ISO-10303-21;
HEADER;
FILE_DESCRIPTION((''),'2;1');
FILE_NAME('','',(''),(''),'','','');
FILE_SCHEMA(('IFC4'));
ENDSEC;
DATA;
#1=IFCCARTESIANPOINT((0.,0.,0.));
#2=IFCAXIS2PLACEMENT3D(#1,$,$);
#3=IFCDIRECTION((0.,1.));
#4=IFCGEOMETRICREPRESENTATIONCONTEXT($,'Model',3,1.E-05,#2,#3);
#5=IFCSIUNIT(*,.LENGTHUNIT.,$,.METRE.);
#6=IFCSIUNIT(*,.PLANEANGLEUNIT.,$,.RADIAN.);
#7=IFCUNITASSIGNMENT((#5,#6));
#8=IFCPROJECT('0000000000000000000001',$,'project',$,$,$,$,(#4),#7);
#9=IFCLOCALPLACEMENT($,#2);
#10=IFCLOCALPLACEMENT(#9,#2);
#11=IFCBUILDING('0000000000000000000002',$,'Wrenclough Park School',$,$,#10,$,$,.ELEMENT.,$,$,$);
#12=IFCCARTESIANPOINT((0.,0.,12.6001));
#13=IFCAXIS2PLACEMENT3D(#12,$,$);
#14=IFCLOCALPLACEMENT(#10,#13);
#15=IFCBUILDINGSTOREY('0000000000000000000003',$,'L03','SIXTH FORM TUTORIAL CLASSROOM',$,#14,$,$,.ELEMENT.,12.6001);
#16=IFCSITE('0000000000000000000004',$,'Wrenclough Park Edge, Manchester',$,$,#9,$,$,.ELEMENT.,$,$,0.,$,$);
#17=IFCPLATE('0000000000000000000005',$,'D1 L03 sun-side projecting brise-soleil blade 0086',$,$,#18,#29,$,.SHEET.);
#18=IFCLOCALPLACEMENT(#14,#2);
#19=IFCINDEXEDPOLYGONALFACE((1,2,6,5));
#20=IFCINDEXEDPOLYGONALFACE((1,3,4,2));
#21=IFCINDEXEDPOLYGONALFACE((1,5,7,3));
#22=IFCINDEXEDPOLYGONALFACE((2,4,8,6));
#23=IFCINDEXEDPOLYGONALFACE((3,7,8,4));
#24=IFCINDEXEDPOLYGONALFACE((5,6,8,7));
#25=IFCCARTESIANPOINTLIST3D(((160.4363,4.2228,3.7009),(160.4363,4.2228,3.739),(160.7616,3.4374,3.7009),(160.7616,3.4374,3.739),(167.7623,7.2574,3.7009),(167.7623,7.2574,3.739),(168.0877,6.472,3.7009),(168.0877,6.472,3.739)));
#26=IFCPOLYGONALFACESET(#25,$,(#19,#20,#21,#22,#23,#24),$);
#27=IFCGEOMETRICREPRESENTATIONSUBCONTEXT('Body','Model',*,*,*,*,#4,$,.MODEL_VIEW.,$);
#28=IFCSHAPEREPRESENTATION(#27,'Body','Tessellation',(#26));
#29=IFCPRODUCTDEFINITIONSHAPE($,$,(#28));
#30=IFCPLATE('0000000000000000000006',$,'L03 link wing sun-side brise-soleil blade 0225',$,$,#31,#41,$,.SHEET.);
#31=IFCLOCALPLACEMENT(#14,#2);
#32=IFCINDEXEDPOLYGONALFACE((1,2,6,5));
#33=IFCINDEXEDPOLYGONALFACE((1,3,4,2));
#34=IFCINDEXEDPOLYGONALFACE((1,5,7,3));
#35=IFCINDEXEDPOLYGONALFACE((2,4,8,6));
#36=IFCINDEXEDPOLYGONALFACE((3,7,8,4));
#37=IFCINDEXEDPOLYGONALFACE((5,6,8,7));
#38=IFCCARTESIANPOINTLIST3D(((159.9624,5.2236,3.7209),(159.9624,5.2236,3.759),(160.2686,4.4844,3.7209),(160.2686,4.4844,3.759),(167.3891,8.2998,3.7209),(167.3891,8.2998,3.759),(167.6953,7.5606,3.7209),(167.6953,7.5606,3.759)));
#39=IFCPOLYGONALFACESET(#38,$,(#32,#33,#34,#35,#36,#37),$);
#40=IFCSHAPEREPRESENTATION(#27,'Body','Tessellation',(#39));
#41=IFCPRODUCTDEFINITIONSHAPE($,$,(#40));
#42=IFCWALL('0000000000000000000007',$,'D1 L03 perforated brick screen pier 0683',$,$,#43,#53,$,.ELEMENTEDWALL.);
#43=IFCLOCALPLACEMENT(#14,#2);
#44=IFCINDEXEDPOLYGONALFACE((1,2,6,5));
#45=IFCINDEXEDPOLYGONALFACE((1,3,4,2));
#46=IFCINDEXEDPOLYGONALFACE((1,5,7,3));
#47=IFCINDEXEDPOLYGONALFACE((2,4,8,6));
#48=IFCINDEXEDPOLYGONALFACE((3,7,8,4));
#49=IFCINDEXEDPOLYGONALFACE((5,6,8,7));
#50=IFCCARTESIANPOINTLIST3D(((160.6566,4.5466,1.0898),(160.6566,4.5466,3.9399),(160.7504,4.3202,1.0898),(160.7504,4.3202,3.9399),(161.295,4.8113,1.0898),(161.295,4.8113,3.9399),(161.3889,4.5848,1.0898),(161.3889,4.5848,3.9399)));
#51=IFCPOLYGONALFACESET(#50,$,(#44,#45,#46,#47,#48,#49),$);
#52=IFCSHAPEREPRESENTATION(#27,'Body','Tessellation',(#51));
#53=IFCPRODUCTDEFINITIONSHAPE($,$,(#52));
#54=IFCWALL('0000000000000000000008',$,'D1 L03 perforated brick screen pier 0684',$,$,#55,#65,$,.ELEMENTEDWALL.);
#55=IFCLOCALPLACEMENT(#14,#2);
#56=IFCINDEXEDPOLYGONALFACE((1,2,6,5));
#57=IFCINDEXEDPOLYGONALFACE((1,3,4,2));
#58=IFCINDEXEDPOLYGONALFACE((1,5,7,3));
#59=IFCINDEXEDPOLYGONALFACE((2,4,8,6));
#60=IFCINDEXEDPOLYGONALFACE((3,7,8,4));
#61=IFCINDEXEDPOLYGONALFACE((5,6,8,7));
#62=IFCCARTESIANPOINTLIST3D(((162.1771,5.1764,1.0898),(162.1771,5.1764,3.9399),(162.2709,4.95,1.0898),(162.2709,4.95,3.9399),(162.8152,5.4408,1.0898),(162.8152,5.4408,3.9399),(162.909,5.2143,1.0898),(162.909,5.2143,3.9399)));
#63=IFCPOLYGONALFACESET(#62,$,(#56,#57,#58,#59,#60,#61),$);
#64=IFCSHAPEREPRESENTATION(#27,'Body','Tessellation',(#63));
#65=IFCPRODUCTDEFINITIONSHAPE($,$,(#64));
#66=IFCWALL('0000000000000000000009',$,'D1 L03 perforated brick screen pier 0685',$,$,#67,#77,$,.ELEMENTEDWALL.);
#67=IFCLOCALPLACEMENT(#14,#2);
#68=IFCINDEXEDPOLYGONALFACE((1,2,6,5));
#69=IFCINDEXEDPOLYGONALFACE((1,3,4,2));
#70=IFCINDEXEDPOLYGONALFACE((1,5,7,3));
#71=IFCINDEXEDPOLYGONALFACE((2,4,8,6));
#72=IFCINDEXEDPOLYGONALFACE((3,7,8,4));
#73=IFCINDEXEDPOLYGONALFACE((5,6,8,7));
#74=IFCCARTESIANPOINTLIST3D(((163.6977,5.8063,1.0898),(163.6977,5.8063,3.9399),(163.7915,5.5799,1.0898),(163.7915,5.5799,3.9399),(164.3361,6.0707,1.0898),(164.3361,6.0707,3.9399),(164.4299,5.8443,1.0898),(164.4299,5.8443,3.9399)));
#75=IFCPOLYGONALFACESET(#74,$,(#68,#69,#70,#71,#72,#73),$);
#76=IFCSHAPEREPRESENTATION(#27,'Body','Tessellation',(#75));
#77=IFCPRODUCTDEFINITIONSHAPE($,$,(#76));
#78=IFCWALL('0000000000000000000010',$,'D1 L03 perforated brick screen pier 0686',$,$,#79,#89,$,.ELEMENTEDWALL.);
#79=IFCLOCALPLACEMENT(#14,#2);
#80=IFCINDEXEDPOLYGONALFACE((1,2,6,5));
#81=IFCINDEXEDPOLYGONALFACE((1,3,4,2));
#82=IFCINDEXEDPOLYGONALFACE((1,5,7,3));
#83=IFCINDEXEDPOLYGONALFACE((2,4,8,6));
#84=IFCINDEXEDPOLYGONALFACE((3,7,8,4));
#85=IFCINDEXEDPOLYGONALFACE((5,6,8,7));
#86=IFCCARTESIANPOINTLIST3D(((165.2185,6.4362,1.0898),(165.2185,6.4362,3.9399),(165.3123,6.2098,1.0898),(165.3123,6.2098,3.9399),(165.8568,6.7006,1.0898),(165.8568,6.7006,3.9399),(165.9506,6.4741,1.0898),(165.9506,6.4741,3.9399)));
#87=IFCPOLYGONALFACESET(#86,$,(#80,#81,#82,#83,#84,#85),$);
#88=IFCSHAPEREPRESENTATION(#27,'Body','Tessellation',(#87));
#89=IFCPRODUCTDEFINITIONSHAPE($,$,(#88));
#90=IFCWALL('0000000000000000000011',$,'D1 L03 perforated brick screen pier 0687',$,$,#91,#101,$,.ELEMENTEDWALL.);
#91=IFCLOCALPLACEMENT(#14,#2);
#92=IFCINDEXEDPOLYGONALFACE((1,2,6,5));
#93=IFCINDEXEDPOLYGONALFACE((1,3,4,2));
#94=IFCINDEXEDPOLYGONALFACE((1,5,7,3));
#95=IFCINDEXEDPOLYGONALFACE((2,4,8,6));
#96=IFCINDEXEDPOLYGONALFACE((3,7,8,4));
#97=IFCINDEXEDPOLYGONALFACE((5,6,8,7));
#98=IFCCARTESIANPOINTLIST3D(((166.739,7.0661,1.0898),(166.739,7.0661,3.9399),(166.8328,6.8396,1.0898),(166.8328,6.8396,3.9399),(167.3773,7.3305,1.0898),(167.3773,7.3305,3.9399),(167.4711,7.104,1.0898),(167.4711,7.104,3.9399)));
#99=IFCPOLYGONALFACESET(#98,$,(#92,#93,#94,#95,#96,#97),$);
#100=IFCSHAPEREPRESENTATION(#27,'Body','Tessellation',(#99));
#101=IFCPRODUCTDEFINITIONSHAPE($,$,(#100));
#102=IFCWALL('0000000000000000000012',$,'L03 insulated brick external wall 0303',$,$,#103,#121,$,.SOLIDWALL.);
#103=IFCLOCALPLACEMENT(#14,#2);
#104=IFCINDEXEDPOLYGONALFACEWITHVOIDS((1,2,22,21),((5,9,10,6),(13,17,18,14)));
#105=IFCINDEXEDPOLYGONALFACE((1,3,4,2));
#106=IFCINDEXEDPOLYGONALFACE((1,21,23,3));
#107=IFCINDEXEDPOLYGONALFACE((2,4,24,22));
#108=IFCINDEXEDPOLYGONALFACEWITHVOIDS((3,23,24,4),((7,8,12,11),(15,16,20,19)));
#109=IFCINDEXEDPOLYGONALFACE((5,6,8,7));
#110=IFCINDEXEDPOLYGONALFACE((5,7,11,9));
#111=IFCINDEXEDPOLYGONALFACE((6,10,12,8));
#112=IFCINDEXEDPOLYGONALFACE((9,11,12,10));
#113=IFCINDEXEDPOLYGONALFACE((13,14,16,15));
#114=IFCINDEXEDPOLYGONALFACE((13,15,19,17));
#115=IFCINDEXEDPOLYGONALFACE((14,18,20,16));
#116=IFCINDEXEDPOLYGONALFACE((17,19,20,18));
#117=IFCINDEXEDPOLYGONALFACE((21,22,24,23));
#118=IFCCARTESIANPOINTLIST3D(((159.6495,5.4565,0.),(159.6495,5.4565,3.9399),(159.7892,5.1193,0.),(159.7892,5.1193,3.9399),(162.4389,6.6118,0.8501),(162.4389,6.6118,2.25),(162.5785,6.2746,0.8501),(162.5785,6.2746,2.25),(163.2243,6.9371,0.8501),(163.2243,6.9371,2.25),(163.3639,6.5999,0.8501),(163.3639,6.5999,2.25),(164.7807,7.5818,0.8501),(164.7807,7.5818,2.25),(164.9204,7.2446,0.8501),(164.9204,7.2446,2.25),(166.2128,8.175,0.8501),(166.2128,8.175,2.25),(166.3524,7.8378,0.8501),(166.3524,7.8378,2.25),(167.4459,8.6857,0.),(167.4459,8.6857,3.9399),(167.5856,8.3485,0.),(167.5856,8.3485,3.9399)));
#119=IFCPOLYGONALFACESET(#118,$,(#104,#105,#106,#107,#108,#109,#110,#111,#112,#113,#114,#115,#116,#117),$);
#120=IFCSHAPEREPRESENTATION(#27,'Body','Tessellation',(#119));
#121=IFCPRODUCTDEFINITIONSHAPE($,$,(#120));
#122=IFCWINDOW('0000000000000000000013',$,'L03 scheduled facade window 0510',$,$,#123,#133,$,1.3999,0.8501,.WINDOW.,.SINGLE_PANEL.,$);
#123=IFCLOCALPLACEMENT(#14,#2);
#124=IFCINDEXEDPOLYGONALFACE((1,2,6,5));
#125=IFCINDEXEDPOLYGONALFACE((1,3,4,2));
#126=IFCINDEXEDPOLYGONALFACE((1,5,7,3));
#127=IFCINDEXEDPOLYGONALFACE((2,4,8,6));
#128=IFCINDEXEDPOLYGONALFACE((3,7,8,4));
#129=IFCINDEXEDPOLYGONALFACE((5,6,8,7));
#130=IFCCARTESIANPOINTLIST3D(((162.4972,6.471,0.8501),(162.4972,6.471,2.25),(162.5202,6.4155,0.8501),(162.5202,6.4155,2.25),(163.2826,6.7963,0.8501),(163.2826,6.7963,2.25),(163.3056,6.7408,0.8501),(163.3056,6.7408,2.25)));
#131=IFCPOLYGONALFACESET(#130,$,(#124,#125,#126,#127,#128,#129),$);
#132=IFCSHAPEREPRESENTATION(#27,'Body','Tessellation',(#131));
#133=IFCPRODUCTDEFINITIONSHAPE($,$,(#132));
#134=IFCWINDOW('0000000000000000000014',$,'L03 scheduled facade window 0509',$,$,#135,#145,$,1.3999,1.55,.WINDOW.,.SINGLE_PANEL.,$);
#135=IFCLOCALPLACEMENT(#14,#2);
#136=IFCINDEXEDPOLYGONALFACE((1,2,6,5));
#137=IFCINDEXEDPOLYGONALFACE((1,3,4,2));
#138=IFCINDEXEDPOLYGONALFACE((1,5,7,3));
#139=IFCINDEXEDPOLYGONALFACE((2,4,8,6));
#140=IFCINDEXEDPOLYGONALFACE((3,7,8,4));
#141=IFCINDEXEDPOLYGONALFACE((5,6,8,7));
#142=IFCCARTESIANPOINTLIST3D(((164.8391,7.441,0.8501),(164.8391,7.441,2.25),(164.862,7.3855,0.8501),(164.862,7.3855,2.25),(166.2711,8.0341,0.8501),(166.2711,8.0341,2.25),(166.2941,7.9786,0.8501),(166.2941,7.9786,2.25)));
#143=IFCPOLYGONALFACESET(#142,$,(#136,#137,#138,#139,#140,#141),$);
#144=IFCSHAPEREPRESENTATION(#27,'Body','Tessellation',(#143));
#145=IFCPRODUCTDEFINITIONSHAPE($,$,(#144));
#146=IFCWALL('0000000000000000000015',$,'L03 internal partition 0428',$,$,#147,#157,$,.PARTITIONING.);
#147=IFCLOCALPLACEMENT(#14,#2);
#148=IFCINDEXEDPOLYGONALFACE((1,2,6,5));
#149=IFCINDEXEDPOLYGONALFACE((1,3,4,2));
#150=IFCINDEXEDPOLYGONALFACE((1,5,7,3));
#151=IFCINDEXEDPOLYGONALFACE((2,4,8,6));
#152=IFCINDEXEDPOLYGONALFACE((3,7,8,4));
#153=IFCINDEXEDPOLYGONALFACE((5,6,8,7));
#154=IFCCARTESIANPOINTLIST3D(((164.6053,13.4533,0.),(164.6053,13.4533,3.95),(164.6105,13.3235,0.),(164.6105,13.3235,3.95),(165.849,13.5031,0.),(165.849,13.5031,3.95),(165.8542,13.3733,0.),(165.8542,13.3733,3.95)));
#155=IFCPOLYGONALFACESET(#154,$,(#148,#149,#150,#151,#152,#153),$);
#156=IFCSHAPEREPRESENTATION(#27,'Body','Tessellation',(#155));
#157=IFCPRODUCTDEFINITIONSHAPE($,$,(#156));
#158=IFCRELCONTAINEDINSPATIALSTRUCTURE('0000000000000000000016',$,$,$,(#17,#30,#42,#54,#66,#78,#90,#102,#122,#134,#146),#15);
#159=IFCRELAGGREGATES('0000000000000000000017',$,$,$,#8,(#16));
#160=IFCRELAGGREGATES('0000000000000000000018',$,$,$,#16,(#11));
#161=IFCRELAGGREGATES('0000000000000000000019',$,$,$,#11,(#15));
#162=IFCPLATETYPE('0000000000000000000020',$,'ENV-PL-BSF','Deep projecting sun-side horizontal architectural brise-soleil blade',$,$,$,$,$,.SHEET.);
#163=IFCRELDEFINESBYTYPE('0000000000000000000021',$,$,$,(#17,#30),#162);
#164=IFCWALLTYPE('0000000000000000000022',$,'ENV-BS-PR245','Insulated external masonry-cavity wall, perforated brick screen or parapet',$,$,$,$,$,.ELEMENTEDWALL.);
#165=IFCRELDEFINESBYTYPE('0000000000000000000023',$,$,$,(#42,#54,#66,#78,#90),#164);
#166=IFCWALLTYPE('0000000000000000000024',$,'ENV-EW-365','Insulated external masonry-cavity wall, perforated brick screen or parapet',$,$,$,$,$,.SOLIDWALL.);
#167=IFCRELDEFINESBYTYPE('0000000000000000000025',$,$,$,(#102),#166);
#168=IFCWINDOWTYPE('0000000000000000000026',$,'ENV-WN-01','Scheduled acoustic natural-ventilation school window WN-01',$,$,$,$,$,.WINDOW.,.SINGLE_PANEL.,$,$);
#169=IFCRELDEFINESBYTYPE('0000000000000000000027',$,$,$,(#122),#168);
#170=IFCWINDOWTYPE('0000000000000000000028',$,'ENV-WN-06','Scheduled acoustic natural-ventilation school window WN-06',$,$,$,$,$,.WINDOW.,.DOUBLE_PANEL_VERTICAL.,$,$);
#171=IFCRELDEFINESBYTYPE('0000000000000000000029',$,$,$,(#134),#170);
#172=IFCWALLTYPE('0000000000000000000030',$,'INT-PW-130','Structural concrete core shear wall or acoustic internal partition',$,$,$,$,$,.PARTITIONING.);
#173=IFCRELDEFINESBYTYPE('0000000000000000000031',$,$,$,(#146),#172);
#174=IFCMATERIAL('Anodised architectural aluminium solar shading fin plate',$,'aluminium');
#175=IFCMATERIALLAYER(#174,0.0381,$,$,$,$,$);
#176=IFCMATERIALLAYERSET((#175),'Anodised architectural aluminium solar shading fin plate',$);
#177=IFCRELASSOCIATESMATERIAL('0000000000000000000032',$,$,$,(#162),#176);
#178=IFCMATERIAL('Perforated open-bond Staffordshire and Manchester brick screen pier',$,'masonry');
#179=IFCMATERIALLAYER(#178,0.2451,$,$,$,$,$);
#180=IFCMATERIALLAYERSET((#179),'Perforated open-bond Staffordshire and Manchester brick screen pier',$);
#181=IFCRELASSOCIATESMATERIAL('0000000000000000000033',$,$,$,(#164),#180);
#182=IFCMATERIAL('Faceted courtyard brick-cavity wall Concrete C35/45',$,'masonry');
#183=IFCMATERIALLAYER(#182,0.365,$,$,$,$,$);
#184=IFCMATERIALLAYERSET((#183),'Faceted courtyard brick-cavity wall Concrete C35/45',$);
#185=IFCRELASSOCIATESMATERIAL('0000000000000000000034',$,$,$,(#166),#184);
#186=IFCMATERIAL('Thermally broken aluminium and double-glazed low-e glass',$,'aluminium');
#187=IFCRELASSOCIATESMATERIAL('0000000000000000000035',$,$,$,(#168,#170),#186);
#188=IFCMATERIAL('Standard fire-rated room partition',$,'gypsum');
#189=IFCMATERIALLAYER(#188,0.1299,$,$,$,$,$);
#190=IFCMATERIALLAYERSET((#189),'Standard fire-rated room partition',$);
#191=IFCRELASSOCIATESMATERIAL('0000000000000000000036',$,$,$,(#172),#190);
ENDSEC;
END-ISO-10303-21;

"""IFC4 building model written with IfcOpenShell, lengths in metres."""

from ifc_helpers import new_model, si_unit, direction, frame, frame_2d, origin, origin_2d, place, context, subcontext, project, spatial, rectangle, extrude, material, layer, layer_set, type_object, element, fill, save


model = new_model("IFC4")

# Units and contexts
model_context = context("Model", 3, precision=1e-05, world=origin(), true_north=direction((0.0, 1.0)))
body_context = subcontext(model_context, "Body", "Model", "MODEL_VIEW")
ifc_project = project(units=[si_unit("LENGTHUNIT", "METRE"), si_unit("PLANEANGLEUNIT", "RADIAN")], contexts=[model_context])

# Site, building, storey
site_placement = place(None, origin())
site = spatial("IfcSite", under=ifc_project, at=site_placement, Name="Wrenclough Park Edge, Manchester", CompositionType="ELEMENT", RefElevation=0.0)
building_placement = place(site_placement, origin())
building = spatial("IfcBuilding", under=site, at=building_placement, Name="Wrenclough Park School", CompositionType="ELEMENT")
storey_placement = place(building_placement, frame((0.0, 0.0, 12.6001)))
storey = spatial("IfcBuildingStorey", under=building, at=storey_placement, Name="L03", Description="SIXTH FORM TUTORIAL CLASSROOM", CompositionType="ELEMENT", Elevation=12.6001)

# Plates
ifc_material_1 = material(Name="Anodised architectural aluminium solar shading fin plate", Category="aluminium")
ifc_layer_1 = layer(ifc_material_1, 0.0381)
ifc_layer_set_1 = layer_set([ifc_layer_1], Name="Anodised architectural aluminium solar shading fin plate")
plate_type = type_object("IfcPlateType", Name="ENV-PL-BSF", Description="Deep projecting sun-side horizontal architectural brise-soleil blade", PredefinedType="SHEET", material=ifc_layer_set_1)
plate_1_placement = place(storey_placement, frame((164.262, 5.3474, 3.7009), z_axis=(0.0, 0.0, 1.0), x_axis=(0.923879, 0.382684, 0.0)))
element("IfcPlate", 1, at=plate_1_placement, inside=storey, type_object=plate_type, Name="D1 L03 sun-side projecting brise-soleil blade 0086", PredefinedType="SHEET", context=body_context, shape_type="SweptSolid", body=[
    extrude(rectangle(XDim=7.9297, YDim=0.8501, at=origin_2d()), origin(), (0.0, 0.0, 1.0), 0.0381),
])
plate_2_placement = place(storey_placement, frame((163.8289, 6.3921, 3.7209), z_axis=(0.0, 0.0, 1.0), x_axis=(-0.923881, -0.38268, 0.0)))
element("IfcPlate", 2, at=plate_2_placement, inside=storey, type_object=plate_type, Name="L03 link wing sun-side brise-soleil blade 0225", PredefinedType="SHEET", context=body_context, shape_type="SweptSolid", body=[
    extrude(rectangle(XDim=8.0386, YDim=0.8, at=origin_2d()), origin(), (0.0, 0.0, 1.0), 0.0381),
])

# Walls
ifc_material_2 = material(Name="Perforated open-bond Staffordshire and Manchester brick screen pier", Category="masonry")
ifc_layer_2 = layer(ifc_material_2, 0.2451)
ifc_layer_set_2 = layer_set([ifc_layer_2], Name="Perforated open-bond Staffordshire and Manchester brick screen pier")
wall_type_1 = type_object("IfcWallType", Name="ENV-BS-PR245", Description="Insulated external masonry-cavity wall, perforated brick screen or parapet", PredefinedType="ELEMENTEDWALL", material=ifc_layer_set_2)
wall_1_placement = place(storey_placement, frame((160.7034, 4.4333, 1.0898), z_axis=(0.0, 0.0, 1.0), x_axis=(0.923776, 0.382934, 0.0)))
element("IfcWall", 3, at=wall_1_placement, inside=storey, type_object=wall_type_1, Name="D1 L03 perforated brick screen pier 0683", PredefinedType="ELEMENTEDWALL", context=body_context, shape_type="SweptSolid", body=[
    extrude(rectangle(XDim=0.6912, YDim=0.2451, at=frame_2d((0.3457, 0.0))), origin(), (0.0, 0.0, 1.0), 2.8501),
])
wall_2_placement = place(storey_placement, frame((162.2241, 5.0632, 1.0898), z_axis=(0.0, 0.0, 1.0), x_axis=(0.923849, 0.382758, 0.0)))
element("IfcWall", 4, at=wall_2_placement, inside=storey, type_object=wall_type_1, Name="D1 L03 perforated brick screen pier 0684", PredefinedType="ELEMENTEDWALL", context=body_context, shape_type="SweptSolid", body=[
    extrude(rectangle(XDim=0.6907, YDim=0.2451, at=frame_2d((0.3452, 0.0))), origin(), (0.0, 0.0, 1.0), 2.8501),
])
for number, where, z_axis, x_axis, name in (
    (5, (163.7446, 5.6931, 1.0898), (0.0, 0.0, 1.0), (0.923901, 0.382633, 0.0), "D1 L03 perforated brick screen pier 0685"),
    (6, (165.2654, 6.323, 1.0898), (0.0, 0.0, 1.0), (0.923901, 0.382633, 0.0), "D1 L03 perforated brick screen pier 0686"),
    (7, (166.7859, 6.9529, 1.0898), (0.0, 0.0, 1.0), (0.923901, 0.382633, 0.0), "D1 L03 perforated brick screen pier 0687"),
):
    element("IfcWall", number, at=place(storey_placement, frame(where, z_axis=z_axis, x_axis=x_axis)), inside=storey, type_object=wall_type_1, Name=name, PredefinedType="ELEMENTEDWALL", context=body_context, shape_type="SweptSolid", body=[
        extrude(rectangle(XDim=0.6909, YDim=0.2451, at=frame_2d((0.3455, 0.0))), origin(), (0.0, 0.0, 1.0), 2.8501),
    ])

# Wall, openings, windows
ifc_material_3 = material(Name="Faceted courtyard brick-cavity wall Concrete C35/45", Category="masonry")
ifc_layer_3 = layer(ifc_material_3, 0.365)
ifc_layer_set_3 = layer_set([ifc_layer_3], Name="Faceted courtyard brick-cavity wall Concrete C35/45")
wall_type_2 = type_object("IfcWallType", Name="ENV-EW-365", Description="Insulated external masonry-cavity wall, perforated brick screen or parapet", PredefinedType="SOLIDWALL", material=ifc_layer_set_3)
wall_3_placement = place(storey_placement, frame((167.5156, 8.5171, 0.0), z_axis=(0.0, 0.0, 1.0), x_axis=(-0.923885, -0.382671, 0.0)))
wall_3 = element("IfcWall", 8, at=wall_3_placement, inside=storey, type_object=wall_type_2, Name="L03 insulated brick external wall 0303", PredefinedType="SOLIDWALL", context=body_context, shape_type="SweptSolid", body=[
    extrude(rectangle(XDim=8.4387, YDim=0.365, at=frame_2d((4.2192, 0.0))), origin(), (0.0, 0.0, 1.0), 3.9399),
])
opening_1_placement = place(wall_3_placement, frame((1.3347, 0.0, 0.8501)))
opening_1 = element("IfcOpeningElement", 9, at=opening_1_placement, cuts=wall_3, PredefinedType="OPENING", context=body_context, shape_type="SweptSolid", body=[
    extrude(rectangle(XDim=1.55, YDim=1.3999, at=frame_2d((0.7749, 0.7))), frame((0.0, 0.1924, 0.0), z_axis=(0.0, -1.0, 0.0), x_axis=(1.0, 0.0, 0.0)), (0.0, 0.0, 1.0), 0.385),
])
opening_2_placement = place(wall_3_placement, frame((4.5693, 0.0, 0.8501)))
opening_2 = element("IfcOpeningElement", 10, at=opening_2_placement, cuts=wall_3, PredefinedType="OPENING", context=body_context, shape_type="SweptSolid", body=[
    extrude(rectangle(XDim=0.8501, YDim=1.3999, at=frame_2d((0.425, 0.7))), frame((0.0, 0.1924, 0.0), z_axis=(0.0, -1.0, 0.0), x_axis=(1.0, 0.0, 0.0)), (0.0, 0.0, 1.0), 0.385),
])
ifc_material_4 = material(Name="Thermally broken aluminium and double-glazed low-e glass", Category="aluminium")
window_type_1 = type_object("IfcWindowType", Name="ENV-WN-01", Description="Scheduled acoustic natural-ventilation school window WN-01", PartitioningType="SINGLE_PANEL", PredefinedType="WINDOW", material=ifc_material_4)
window_1_placement = place(opening_2_placement, origin())
window_1 = element("IfcWindow", 11, at=window_1_placement, inside=storey, type_object=window_type_1, Name="L03 scheduled facade window 0510", OverallHeight=1.3999, OverallWidth=0.8501, PartitioningType="SINGLE_PANEL", PredefinedType="WINDOW", context=body_context, shape_type="SweptSolid", body=[
    extrude(rectangle(XDim=0.8501, YDim=1.3999, at=frame_2d((0.425, 0.7))), frame((0.0, 0.03, 0.0), z_axis=(0.0, -1.0, 0.0), x_axis=(1.0, 0.0, 0.0)), (0.0, 0.0, 1.0), 0.0601),
])
fill(opening_2, window_1)
window_type_2 = type_object("IfcWindowType", Name="ENV-WN-06", Description="Scheduled acoustic natural-ventilation school window WN-06", PartitioningType="DOUBLE_PANEL_VERTICAL", PredefinedType="WINDOW", material=ifc_material_4)
window_2_placement = place(opening_1_placement, origin())
window_2 = element("IfcWindow", 12, at=window_2_placement, inside=storey, type_object=window_type_2, Name="L03 scheduled facade window 0509", OverallHeight=1.3999, OverallWidth=1.55, PartitioningType="SINGLE_PANEL", PredefinedType="WINDOW", context=body_context, shape_type="SweptSolid", body=[
    extrude(rectangle(XDim=1.55, YDim=1.3999, at=frame_2d((0.7749, 0.7))), frame((0.0, 0.03, 0.0), z_axis=(0.0, -1.0, 0.0), x_axis=(1.0, 0.0, 0.0)), (0.0, 0.0, 1.0), 0.0601),
])
fill(opening_1, window_2)

# Wall
ifc_material_5 = material(Name="Standard fire-rated room partition", Category="gypsum")
ifc_layer_4 = layer(ifc_material_5, 0.1299)
ifc_layer_set_4 = layer_set([ifc_layer_4], Name="Standard fire-rated room partition")
wall_type_3 = type_object("IfcWallType", Name="INT-PW-130", Description="Structural concrete core shear wall or acoustic internal partition", PredefinedType="PARTITIONING", material=ifc_layer_set_4)
wall_4_placement = place(storey_placement, frame((165.8516, 13.4382, 0.0), z_axis=(0.0, 0.0, 1.0), x_axis=(-0.999199, -0.040015, 0.0)))
element("IfcWall", 13, at=wall_4_placement, inside=storey, type_object=wall_type_3, Name="L03 internal partition 0428", PredefinedType="PARTITIONING", context=body_context, shape_type="SweptSolid", body=[
    extrude(rectangle(XDim=1.2446, YDim=0.1299, at=frame_2d((0.6223, 0.0))), origin(), (0.0, 0.0, 1.0), 3.95),
])

save(model, "model.ifc")
